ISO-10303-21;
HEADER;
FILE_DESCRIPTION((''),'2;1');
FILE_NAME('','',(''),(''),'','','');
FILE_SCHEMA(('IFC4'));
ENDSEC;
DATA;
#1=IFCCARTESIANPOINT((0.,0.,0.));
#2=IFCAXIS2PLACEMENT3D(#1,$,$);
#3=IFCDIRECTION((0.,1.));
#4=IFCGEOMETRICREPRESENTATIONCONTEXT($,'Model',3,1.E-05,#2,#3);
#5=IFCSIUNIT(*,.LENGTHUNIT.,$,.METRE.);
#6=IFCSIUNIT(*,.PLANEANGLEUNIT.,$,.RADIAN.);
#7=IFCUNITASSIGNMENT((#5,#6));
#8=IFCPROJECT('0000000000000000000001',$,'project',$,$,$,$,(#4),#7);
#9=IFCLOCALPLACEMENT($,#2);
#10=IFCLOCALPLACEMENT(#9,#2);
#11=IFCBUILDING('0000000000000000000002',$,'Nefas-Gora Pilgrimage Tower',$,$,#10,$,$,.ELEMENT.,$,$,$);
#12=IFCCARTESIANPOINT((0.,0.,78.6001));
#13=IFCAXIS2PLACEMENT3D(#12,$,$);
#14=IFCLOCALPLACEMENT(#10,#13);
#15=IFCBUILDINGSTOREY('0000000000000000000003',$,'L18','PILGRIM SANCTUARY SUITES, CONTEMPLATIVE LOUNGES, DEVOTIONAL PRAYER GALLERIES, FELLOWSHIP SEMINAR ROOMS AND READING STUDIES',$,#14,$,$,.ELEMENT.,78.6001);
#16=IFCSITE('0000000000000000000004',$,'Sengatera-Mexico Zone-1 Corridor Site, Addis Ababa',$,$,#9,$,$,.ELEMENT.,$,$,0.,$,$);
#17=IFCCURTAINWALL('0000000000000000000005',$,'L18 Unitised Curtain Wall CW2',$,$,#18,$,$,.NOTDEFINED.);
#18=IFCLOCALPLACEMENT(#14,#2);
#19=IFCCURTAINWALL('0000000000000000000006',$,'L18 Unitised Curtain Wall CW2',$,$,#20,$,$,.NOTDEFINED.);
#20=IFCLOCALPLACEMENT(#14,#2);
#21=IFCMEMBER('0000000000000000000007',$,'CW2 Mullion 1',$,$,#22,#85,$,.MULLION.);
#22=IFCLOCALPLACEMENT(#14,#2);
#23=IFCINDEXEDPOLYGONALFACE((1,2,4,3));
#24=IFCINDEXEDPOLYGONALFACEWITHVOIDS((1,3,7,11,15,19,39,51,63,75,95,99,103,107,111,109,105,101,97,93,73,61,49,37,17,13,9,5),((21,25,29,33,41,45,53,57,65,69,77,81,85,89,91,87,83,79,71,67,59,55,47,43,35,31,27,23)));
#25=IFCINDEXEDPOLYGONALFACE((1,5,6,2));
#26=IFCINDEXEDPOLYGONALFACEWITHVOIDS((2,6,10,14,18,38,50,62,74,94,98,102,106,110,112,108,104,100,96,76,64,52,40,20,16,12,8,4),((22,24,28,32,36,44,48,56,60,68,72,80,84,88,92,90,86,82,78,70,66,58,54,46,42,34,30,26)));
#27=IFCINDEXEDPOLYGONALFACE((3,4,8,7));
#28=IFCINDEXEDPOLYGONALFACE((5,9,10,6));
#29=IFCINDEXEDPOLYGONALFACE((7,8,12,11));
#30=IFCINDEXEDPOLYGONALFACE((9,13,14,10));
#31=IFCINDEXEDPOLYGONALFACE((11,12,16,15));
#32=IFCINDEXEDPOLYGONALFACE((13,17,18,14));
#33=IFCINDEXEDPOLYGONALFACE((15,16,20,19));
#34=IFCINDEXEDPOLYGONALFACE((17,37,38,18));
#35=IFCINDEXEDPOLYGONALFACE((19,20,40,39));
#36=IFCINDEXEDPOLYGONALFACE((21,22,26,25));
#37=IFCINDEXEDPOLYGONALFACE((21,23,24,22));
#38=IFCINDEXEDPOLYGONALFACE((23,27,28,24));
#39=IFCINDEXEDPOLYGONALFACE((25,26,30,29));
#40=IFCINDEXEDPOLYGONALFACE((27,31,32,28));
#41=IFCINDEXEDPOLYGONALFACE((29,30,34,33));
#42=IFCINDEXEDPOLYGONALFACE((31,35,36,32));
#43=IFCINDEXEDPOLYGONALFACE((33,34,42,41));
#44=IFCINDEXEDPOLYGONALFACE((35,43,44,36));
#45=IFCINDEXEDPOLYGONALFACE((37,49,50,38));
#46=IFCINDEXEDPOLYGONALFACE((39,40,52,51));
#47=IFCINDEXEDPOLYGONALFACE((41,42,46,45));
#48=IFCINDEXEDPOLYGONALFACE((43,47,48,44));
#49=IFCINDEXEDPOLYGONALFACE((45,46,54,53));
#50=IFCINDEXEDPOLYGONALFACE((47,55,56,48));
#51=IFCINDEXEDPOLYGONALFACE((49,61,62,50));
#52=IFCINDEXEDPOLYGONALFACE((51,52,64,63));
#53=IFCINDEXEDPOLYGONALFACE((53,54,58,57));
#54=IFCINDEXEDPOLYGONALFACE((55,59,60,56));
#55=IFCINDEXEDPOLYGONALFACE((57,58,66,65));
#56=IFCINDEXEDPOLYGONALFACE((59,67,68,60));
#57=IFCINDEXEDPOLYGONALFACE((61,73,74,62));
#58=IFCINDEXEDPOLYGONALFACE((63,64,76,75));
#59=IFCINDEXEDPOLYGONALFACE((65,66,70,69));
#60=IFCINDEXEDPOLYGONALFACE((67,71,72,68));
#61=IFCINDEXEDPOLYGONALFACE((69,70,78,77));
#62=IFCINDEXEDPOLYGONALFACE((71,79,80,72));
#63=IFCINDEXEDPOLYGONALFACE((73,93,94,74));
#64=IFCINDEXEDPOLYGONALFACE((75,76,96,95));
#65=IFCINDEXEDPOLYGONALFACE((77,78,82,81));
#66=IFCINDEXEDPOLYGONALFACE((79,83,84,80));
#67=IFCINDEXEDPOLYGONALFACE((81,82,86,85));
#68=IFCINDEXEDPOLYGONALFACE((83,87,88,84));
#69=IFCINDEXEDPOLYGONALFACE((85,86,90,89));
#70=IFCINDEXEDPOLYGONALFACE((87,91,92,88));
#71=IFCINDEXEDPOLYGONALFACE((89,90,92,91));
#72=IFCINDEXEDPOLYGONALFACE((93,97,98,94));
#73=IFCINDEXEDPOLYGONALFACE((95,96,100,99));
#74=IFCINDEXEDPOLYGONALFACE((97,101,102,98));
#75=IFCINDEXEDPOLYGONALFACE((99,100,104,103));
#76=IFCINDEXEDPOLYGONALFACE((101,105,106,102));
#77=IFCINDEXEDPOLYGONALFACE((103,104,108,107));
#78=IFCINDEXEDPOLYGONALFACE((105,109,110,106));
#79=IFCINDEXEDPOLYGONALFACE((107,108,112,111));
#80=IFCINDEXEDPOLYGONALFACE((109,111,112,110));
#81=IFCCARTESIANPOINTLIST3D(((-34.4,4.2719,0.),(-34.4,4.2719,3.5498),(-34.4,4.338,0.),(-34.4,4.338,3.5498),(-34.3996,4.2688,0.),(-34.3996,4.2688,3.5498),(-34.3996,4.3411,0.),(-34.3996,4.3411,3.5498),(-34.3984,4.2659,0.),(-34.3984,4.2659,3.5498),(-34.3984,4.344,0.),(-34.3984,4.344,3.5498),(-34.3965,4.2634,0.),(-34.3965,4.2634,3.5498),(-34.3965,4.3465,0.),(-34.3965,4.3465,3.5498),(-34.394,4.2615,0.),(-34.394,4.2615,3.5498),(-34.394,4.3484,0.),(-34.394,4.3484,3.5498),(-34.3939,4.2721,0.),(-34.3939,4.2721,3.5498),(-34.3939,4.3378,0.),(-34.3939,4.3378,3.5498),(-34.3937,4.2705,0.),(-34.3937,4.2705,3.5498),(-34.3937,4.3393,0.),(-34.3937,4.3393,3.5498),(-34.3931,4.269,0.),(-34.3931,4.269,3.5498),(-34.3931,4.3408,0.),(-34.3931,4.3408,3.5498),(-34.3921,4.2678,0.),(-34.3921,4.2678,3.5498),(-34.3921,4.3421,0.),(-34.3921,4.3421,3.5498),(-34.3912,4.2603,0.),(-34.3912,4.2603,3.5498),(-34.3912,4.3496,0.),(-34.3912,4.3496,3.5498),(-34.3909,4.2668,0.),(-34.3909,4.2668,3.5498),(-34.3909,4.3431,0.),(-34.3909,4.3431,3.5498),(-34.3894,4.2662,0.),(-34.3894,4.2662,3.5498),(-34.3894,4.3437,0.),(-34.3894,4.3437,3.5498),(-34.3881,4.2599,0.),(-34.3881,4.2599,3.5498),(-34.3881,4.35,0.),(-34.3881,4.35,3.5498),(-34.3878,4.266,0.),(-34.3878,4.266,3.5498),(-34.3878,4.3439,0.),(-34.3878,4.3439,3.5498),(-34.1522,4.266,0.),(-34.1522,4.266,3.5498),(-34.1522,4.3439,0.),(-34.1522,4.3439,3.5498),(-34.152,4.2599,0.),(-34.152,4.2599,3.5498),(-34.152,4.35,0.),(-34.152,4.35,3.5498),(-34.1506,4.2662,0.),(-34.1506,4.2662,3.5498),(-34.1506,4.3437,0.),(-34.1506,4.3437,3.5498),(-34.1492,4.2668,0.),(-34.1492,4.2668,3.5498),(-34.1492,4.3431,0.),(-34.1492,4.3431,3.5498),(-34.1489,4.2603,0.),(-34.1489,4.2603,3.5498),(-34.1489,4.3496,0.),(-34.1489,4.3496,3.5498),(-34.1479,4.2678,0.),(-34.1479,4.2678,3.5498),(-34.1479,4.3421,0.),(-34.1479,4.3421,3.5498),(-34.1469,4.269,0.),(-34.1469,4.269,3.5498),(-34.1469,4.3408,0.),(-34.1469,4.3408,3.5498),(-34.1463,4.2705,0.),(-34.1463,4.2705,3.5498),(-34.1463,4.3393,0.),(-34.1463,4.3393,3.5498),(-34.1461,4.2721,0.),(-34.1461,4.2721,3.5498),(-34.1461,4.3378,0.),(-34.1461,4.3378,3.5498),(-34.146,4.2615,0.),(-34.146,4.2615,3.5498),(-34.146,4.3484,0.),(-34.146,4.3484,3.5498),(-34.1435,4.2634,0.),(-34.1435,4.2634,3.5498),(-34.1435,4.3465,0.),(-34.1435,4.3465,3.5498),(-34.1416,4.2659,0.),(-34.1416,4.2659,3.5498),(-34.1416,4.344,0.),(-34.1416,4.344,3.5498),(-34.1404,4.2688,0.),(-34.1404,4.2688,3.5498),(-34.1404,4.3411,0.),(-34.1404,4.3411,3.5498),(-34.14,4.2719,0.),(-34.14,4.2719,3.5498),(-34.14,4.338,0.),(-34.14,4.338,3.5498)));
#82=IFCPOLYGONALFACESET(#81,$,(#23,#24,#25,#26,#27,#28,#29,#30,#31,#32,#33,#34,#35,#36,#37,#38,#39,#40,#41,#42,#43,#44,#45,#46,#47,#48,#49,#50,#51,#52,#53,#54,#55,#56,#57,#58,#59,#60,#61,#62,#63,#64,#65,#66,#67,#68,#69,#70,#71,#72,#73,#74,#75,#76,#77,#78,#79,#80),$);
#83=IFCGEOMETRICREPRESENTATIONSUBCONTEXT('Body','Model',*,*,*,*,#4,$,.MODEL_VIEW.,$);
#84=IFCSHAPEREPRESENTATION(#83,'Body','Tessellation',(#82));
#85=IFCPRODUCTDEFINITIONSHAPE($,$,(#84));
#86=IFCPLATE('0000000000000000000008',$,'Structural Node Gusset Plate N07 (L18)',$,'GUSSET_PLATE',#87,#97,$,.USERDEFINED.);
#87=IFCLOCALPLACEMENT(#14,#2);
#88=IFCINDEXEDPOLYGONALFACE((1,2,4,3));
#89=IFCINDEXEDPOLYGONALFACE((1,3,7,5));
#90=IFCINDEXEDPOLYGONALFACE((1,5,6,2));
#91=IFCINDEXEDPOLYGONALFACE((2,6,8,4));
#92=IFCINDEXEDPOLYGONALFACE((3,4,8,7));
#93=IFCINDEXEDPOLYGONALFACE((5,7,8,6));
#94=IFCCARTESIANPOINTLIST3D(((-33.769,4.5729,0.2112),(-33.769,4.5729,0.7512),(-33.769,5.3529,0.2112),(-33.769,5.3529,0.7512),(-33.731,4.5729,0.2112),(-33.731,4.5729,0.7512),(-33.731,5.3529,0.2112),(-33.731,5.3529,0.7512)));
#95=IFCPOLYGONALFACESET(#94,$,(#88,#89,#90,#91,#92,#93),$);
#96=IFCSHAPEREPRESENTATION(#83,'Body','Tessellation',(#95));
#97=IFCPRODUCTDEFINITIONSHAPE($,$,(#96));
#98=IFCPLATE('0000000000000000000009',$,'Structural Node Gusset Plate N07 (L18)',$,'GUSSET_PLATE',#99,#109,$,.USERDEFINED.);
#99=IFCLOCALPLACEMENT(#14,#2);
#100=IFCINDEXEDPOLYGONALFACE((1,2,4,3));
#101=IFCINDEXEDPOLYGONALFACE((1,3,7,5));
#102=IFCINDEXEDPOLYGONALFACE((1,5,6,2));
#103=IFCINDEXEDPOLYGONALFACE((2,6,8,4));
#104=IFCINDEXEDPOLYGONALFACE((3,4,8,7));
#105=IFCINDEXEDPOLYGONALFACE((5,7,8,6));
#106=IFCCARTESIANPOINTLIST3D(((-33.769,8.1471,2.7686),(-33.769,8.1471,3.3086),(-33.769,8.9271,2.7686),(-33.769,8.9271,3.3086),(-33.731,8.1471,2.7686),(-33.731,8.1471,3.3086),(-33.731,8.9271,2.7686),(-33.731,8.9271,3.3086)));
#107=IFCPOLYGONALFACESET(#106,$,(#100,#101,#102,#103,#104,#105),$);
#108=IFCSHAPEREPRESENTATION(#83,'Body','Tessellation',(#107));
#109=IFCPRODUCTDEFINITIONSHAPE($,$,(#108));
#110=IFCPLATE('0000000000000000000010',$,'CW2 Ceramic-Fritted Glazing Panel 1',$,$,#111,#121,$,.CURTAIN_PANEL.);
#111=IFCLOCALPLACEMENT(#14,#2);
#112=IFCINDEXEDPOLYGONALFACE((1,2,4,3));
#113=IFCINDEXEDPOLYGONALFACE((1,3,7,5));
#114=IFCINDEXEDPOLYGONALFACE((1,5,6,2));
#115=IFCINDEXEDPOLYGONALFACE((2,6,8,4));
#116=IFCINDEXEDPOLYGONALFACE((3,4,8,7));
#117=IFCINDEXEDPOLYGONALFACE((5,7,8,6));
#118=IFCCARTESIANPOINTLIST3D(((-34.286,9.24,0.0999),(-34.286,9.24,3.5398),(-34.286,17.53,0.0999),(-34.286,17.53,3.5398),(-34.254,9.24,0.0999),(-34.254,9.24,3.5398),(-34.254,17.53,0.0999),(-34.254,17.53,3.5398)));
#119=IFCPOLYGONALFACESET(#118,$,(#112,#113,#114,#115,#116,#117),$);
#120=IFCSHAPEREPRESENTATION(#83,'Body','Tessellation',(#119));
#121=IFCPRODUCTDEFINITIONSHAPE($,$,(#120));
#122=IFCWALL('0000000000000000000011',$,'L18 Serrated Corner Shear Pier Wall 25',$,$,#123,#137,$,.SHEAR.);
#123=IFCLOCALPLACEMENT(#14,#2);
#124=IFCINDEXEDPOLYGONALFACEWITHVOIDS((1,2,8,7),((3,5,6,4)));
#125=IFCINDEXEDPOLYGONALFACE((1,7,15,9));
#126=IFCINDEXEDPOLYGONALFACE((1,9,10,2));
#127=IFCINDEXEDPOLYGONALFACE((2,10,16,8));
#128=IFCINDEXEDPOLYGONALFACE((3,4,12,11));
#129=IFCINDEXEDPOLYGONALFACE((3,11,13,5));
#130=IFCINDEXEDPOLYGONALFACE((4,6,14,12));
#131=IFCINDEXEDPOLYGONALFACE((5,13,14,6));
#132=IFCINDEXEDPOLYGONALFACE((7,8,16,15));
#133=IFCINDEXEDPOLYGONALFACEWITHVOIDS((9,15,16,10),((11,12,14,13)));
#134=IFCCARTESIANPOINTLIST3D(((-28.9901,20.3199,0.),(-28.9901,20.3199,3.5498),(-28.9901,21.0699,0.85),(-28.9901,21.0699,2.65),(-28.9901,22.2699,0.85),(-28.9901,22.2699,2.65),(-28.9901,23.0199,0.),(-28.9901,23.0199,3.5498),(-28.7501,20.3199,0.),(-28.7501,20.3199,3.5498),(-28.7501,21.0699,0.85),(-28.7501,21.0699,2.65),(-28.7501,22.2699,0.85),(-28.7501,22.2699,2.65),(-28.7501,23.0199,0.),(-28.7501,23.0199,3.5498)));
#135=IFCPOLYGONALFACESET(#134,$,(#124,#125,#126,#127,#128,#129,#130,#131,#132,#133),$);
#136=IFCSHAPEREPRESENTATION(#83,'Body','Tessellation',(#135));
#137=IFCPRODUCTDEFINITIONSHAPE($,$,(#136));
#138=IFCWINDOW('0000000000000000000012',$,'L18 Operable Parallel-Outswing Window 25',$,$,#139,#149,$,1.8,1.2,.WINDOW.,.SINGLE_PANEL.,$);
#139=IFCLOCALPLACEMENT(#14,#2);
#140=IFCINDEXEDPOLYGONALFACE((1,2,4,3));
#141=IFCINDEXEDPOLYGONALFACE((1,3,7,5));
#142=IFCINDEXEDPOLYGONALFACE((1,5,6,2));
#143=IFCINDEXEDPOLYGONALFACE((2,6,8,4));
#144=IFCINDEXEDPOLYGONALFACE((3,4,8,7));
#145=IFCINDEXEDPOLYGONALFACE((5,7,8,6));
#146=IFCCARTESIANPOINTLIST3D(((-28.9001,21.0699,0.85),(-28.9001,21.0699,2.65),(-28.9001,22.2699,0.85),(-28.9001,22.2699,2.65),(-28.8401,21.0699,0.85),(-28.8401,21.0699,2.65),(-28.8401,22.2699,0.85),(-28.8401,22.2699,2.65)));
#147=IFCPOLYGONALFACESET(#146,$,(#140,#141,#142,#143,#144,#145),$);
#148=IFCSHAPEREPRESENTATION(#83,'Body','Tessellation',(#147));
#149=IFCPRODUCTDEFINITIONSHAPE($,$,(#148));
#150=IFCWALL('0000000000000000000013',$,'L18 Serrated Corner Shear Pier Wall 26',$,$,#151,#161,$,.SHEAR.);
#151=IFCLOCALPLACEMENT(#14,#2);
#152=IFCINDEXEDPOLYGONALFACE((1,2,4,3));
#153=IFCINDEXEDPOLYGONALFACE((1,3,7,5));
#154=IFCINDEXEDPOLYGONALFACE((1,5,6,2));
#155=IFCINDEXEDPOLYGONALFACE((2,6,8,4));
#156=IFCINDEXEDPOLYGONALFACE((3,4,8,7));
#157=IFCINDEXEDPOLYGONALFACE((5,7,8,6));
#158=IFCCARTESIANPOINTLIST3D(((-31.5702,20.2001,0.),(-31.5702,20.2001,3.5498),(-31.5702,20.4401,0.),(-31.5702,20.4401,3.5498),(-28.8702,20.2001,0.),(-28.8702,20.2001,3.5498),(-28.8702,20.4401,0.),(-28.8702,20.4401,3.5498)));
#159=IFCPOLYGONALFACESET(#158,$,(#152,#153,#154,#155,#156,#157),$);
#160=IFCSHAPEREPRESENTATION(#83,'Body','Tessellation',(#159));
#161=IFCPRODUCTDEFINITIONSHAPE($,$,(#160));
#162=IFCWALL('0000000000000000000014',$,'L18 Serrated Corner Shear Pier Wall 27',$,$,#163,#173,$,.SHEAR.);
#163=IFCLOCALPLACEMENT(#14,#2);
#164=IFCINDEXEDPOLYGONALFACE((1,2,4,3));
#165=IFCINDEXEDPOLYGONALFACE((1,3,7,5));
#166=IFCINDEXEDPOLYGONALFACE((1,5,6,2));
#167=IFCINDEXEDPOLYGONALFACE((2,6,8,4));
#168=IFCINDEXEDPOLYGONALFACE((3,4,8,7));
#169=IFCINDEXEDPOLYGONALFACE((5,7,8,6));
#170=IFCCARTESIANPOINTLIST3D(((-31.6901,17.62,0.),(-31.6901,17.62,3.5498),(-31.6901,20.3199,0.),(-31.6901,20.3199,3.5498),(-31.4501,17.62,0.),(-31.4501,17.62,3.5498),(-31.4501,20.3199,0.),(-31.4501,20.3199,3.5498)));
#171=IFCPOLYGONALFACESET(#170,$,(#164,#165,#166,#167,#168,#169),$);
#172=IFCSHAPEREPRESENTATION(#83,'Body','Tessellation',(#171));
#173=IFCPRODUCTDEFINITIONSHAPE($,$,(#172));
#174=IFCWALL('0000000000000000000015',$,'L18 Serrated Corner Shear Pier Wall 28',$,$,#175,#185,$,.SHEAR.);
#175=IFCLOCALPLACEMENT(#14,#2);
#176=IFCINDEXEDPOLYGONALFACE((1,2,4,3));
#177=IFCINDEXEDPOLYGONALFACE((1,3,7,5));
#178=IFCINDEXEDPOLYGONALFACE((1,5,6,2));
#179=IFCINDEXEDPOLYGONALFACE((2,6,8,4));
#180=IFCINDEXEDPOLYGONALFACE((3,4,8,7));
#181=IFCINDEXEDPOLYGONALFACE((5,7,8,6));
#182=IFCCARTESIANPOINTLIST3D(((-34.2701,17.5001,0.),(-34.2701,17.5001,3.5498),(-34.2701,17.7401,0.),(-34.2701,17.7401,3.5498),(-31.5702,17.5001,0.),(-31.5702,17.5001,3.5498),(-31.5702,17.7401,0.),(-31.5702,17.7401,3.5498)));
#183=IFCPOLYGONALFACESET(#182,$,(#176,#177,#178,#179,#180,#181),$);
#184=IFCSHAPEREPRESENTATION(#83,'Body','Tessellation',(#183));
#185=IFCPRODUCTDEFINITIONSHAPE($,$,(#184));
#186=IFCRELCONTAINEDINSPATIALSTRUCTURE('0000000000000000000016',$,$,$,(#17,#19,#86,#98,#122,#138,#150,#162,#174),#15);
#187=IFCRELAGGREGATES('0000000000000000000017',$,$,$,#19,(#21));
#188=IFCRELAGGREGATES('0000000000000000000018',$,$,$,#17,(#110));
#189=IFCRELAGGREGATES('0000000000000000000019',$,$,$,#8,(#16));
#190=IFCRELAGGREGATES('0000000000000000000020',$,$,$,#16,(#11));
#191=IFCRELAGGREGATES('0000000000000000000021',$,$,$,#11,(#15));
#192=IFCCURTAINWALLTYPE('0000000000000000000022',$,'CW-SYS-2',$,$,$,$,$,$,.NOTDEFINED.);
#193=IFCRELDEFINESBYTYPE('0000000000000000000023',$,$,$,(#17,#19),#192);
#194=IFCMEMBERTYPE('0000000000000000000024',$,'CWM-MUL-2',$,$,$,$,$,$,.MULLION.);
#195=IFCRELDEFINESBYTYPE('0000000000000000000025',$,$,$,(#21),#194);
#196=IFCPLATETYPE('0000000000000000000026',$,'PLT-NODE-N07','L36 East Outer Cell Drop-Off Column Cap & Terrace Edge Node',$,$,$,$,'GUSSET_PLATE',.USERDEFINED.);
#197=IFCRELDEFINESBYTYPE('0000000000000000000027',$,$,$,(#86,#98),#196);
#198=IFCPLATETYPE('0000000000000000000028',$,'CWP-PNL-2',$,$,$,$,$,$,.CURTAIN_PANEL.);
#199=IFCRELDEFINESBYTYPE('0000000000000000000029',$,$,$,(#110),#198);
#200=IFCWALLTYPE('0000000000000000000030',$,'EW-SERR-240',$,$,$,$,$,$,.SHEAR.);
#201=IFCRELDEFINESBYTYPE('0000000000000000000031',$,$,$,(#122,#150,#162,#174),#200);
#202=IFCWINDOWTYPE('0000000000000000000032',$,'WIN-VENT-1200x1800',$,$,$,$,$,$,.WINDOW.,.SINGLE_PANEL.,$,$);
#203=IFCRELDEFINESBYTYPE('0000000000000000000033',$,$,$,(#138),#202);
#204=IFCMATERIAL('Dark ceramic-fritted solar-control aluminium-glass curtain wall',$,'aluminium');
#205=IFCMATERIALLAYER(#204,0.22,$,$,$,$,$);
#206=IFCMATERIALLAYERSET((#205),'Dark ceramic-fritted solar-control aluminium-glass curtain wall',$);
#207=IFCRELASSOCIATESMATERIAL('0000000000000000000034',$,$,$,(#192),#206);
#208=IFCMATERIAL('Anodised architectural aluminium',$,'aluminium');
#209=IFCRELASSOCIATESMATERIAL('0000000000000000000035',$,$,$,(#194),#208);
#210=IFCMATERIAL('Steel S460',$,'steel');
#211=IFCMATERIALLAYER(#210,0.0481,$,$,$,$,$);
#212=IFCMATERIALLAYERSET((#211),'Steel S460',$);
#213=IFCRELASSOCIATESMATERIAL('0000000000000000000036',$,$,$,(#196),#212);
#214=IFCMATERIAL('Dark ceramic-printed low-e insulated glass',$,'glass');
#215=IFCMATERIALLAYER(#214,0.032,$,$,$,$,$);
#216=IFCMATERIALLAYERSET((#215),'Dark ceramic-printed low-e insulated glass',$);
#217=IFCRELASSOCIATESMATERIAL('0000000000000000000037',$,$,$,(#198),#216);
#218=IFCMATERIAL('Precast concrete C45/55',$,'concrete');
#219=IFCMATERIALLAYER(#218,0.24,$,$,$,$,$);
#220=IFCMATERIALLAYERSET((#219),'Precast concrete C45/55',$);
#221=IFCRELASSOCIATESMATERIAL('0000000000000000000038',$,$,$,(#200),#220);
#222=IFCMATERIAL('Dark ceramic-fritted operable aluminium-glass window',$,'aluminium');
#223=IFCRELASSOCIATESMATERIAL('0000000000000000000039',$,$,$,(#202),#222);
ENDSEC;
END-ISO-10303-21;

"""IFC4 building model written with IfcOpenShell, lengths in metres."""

from ifc_helpers import new_model, si_unit, direction, frame, frame_2d, origin, origin_2d, place, context, subcontext, project, spatial, rectangle, hollow_rectangle, extrude, source, transform, mapped, material, layer, layer_set, material_profile, profile_set, type_object, element, fill, aggregate, save


model = new_model("IFC4")

# Units and contexts
model_context = context("Model", 3, precision=1e-05, world=origin(), true_north=direction((0.0, 1.0)))
body_context = subcontext(model_context, "Body", "Model", "MODEL_VIEW")
ifc_project = project(units=[si_unit("LENGTHUNIT", "METRE"), si_unit("PLANEANGLEUNIT", "RADIAN")], contexts=[model_context])

# Site, building, storey
site_placement = place(None, origin())
site = spatial("IfcSite", under=ifc_project, at=site_placement, Name="Sengatera-Mexico Zone-1 Corridor Site, Addis Ababa", CompositionType="ELEMENT", RefElevation=0.0)
building_placement = place(site_placement, origin())
building = spatial("IfcBuilding", under=site, at=building_placement, Name="Nefas-Gora Pilgrimage Tower", CompositionType="ELEMENT")
storey_placement = place(building_placement, frame((0.0, 0.0, 78.6001)))
storey = spatial("IfcBuildingStorey", under=building, at=storey_placement, Name="L18", Description="PILGRIM SANCTUARY SUITES, CONTEMPLATIVE LOUNGES, DEVOTIONAL PRAYER GALLERIES, FELLOWSHIP SEMINAR ROOMS AND READING STUDIES", CompositionType="ELEMENT", Elevation=78.6001)

# Shared definitions
ifc_material_1 = material(Name="Steel S460", Category="steel")

# Curtain walls
ifc_material_2 = material(Name="Dark ceramic-fritted solar-control aluminium-glass curtain wall", Category="aluminium")
ifc_layer_1 = layer(ifc_material_2, 0.22)
ifc_layer_set_1 = layer_set([ifc_layer_1], Name="Dark ceramic-fritted solar-control aluminium-glass curtain wall")
curtain_wall_type = type_object("IfcCurtainWallType", Name="CW-SYS-2", PredefinedType="NOTDEFINED", material=ifc_layer_set_1)
curtain_wall_1_placement = place(storey_placement, origin())
curtain_wall_1 = element("IfcCurtainWall", 1, at=curtain_wall_1_placement, inside=storey, type_object=curtain_wall_type, Name="L18 Unitised Curtain Wall CW2", PredefinedType="NOTDEFINED")
ifc_material_3 = material(Name="Anodised architectural aluminium", Category="aluminium")
curtain_wall_2_placement = place(storey_placement, origin())
curtain_wall_2 = element("IfcCurtainWall", 2, at=curtain_wall_2_placement, inside=storey, type_object=curtain_wall_type, Name="L18 Unitised Curtain Wall CW2", PredefinedType="NOTDEFINED")
ifc_material_profile_1 = material_profile(ifc_material_3, hollow_rectangle(XDim=0.0901, YDim=0.26, WallThickness=0.0061, InnerFilletRadius=0.0061, OuterFilletRadius=0.012, at=origin_2d()), Name="ALU MULLION 90x260")
ifc_profile_set_1 = profile_set([ifc_material_profile_1], Name="Anodised architectural aluminium")
member_type_1 = type_object("IfcMemberType", Name="CWM-MUL-2", PredefinedType="MULLION", material=ifc_profile_set_1)
shared_shape_1 = source(origin(), body_context, "Body", "SweptSolid", [
    extrude(hollow_rectangle(XDim=0.0901, YDim=0.26, WallThickness=0.0061, InnerFilletRadius=0.0061, OuterFilletRadius=0.012, at=origin_2d()), origin(), (0.0, 0.0, 1.0), 3.5498),
])

# Member
member_1_placement = place(storey_placement, frame((-34.27, 4.3049, 0.0), z_axis=(0.0, 0.0, 1.0), x_axis=(0.0, -1.0, 0.0)))
member_1 = element("IfcMember", 3, at=member_1_placement, type_object=member_type_1, Name="CW2 Mullion 1", PredefinedType="MULLION", context=body_context, shape_type="MappedRepresentation", body=[
    mapped(shared_shape_1, transform((0.0, 0.0, 0.0), x_axis=(1.0, 0.0, 0.0), y_axis=(0.0, 1.0, 0.0), z_axis=(0.0, 0.0, 1.0), scale=1.0)),
])
aggregate(curtain_wall_2, [member_1])

# Plates
ifc_layer_2 = layer(ifc_material_1, 0.0481)
ifc_layer_set_2 = layer_set([ifc_layer_2], Name="Steel S460")
plate_type_1 = type_object("IfcPlateType", Name="PLT-NODE-N07", Description="L36 East Outer Cell Drop-Off Column Cap & Terrace Edge Node", ElementType="GUSSET_PLATE", PredefinedType="USERDEFINED", material=ifc_layer_set_2)
shared_shape_2 = source(origin(), body_context, "Body", "SweptSolid", [
    extrude(rectangle(XDim=0.78, YDim=0.0381, at=origin_2d()), origin(), (0.0, 0.0, 1.0), 0.54),
])
for number, where, z_axis, x_axis, name in (
    (4, (-33.75, 4.9629, 0.2112), (0.0, 0.0, 1.0), (0.0, 1.0, 0.0), "Structural Node Gusset Plate N07 (L18)"),
    (5, (-33.75, 8.5371, 2.7686), (0.0, 0.0, 1.0), (0.0, 1.0, 0.0), "Structural Node Gusset Plate N07 (L18)"),
):
    element("IfcPlate", number, at=place(storey_placement, frame(where, z_axis=z_axis, x_axis=x_axis)), inside=storey, type_object=plate_type_1, Name=name, ObjectType="GUSSET_PLATE", PredefinedType="USERDEFINED", context=body_context, shape_type="MappedRepresentation", body=[
        mapped(shared_shape_2, transform((0.0, 0.0, 0.0), x_axis=(1.0, 0.0, 0.0), y_axis=(0.0, 1.0, 0.0), z_axis=(0.0, 0.0, 1.0), scale=1.0)),
    ])

# Plate
ifc_material_4 = material(Name="Dark ceramic-printed low-e insulated glass", Category="glass")
ifc_layer_3 = layer(ifc_material_4, 0.032)
ifc_layer_set_3 = layer_set([ifc_layer_3], Name="Dark ceramic-printed low-e insulated glass")
plate_type_2 = type_object("IfcPlateType", Name="CWP-PNL-2", PredefinedType="CURTAIN_PANEL", material=ifc_layer_set_3)
shared_shape_3 = source(origin(), body_context, "Body", "SweptSolid", [
    extrude(rectangle(XDim=8.29, YDim=0.032, at=origin_2d()), origin(), (0.0, 0.0, 1.0), 3.4399),
])
plate_placement = place(storey_placement, frame((-34.27, 13.385, 0.0999), z_axis=(0.0, 0.0, 1.0), x_axis=(0.0, -1.0, 0.0)))
plate = element("IfcPlate", 6, at=plate_placement, type_object=plate_type_2, Name="CW2 Ceramic-Fritted Glazing Panel 1", PredefinedType="CURTAIN_PANEL", context=body_context, shape_type="MappedRepresentation", body=[
    mapped(shared_shape_3, transform((0.0, 0.0, 0.0), x_axis=(1.0, 0.0, 0.0), y_axis=(0.0, 1.0, 0.0), z_axis=(0.0, 0.0, 1.0), scale=1.0)),
])
aggregate(curtain_wall_1, [plate])

# Wall, opening, window
ifc_material_5 = material(Name="Precast concrete C45/55", Category="concrete")
ifc_layer_4 = layer(ifc_material_5, 0.24)
ifc_layer_set_4 = layer_set([ifc_layer_4], Name="Precast concrete C45/55")
wall_type_1 = type_object("IfcWallType", Name="EW-SERR-240", PredefinedType="SHEAR", material=ifc_layer_set_4)
shared_shape_4 = source(origin(), body_context, "Body", "SweptSolid", [
    extrude(rectangle(XDim=2.7, YDim=0.24, at=frame_2d((1.3501, 0.0))), origin(), (0.0, 0.0, 1.0), 3.5498),
])
wall_1_placement = place(storey_placement, frame((-28.8701, 23.02, 0.0), z_axis=(0.0, 0.0, 1.0), x_axis=(0.0, -1.0, 0.0)))
wall_1 = element("IfcWall", 7, at=wall_1_placement, inside=storey, type_object=wall_type_1, Name="L18 Serrated Corner Shear Pier Wall 25", PredefinedType="SHEAR", context=body_context, shape_type="MappedRepresentation", body=[
    mapped(shared_shape_4, transform((0.0, 0.0, 0.0), x_axis=(1.0, 0.0, 0.0), y_axis=(0.0, 1.0, 0.0), z_axis=(0.0, 0.0, 1.0), scale=1.0)),
])
opening_placement = place(wall_1_placement, frame((0.75, 0.0, 0.8501)))
opening = element("IfcOpeningElement", 8, at=opening_placement, cuts=wall_1, PredefinedType="OPENING", context=body_context, shape_type="SweptSolid", body=[
    extrude(rectangle(XDim=1.2, YDim=1.8, at=frame_2d((0.6001, 0.8999))), frame((0.0, 0.1299, 0.0), z_axis=(0.0, -1.0, 0.0), x_axis=(1.0, 0.0, 0.0)), (0.0, 0.0, 1.0), 0.26),
])
ifc_material_6 = material(Name="Dark ceramic-fritted operable aluminium-glass window", Category="aluminium")
window_type = type_object("IfcWindowType", Name="WIN-VENT-1200x1800", PartitioningType="SINGLE_PANEL", PredefinedType="WINDOW", material=ifc_material_6)
shared_shape_5 = source(origin(), body_context, "Body", "SweptSolid", [
    extrude(rectangle(XDim=1.2, YDim=1.8, at=frame_2d((0.6001, 0.8999))), frame((0.0, 0.03, 0.0), z_axis=(0.0, -1.0, 0.0), x_axis=(1.0, 0.0, 0.0)), (0.0, 0.0, 1.0), 0.0601),
])
window_placement = place(opening_placement, origin())
window = element("IfcWindow", 9, at=window_placement, inside=storey, type_object=window_type, Name="L18 Operable Parallel-Outswing Window 25", OverallHeight=1.8, OverallWidth=1.2, PartitioningType="SINGLE_PANEL", PredefinedType="WINDOW", context=body_context, shape_type="MappedRepresentation", body=[
    mapped(shared_shape_5, transform((0.0, 0.0, 0.0), x_axis=(1.0, 0.0, 0.0), y_axis=(0.0, 1.0, 0.0), z_axis=(0.0, 0.0, 1.0), scale=1.0)),
])
fill(opening, window)

# Walls
for number, where, z_axis, x_axis, name in (
    (10, (-28.8701, 20.3201, 0.0), (0.0, 0.0, 1.0), (-1.0, 0.0, 0.0), "L18 Serrated Corner Shear Pier Wall 26"),
    (11, (-31.5701, 20.3201, 0.0), (0.0, 0.0, 1.0), (0.0, -1.0, 0.0), "L18 Serrated Corner Shear Pier Wall 27"),
    (12, (-31.5701, 17.6201, 0.0), (0.0, 0.0, 1.0), (-1.0, 0.0, 0.0), "L18 Serrated Corner Shear Pier Wall 28"),
):
    element("IfcWall", number, at=place(storey_placement, frame(where, z_axis=z_axis, x_axis=x_axis)), inside=storey, type_object=wall_type_1, Name=name, PredefinedType="SHEAR", context=body_context, shape_type="MappedRepresentation", body=[
        mapped(shared_shape_4, transform((0.0, 0.0, 0.0), x_axis=(1.0, 0.0, 0.0), y_axis=(0.0, 1.0, 0.0), z_axis=(0.0, 0.0, 1.0), scale=1.0)),
    ])

save(model, "model.ifc")
